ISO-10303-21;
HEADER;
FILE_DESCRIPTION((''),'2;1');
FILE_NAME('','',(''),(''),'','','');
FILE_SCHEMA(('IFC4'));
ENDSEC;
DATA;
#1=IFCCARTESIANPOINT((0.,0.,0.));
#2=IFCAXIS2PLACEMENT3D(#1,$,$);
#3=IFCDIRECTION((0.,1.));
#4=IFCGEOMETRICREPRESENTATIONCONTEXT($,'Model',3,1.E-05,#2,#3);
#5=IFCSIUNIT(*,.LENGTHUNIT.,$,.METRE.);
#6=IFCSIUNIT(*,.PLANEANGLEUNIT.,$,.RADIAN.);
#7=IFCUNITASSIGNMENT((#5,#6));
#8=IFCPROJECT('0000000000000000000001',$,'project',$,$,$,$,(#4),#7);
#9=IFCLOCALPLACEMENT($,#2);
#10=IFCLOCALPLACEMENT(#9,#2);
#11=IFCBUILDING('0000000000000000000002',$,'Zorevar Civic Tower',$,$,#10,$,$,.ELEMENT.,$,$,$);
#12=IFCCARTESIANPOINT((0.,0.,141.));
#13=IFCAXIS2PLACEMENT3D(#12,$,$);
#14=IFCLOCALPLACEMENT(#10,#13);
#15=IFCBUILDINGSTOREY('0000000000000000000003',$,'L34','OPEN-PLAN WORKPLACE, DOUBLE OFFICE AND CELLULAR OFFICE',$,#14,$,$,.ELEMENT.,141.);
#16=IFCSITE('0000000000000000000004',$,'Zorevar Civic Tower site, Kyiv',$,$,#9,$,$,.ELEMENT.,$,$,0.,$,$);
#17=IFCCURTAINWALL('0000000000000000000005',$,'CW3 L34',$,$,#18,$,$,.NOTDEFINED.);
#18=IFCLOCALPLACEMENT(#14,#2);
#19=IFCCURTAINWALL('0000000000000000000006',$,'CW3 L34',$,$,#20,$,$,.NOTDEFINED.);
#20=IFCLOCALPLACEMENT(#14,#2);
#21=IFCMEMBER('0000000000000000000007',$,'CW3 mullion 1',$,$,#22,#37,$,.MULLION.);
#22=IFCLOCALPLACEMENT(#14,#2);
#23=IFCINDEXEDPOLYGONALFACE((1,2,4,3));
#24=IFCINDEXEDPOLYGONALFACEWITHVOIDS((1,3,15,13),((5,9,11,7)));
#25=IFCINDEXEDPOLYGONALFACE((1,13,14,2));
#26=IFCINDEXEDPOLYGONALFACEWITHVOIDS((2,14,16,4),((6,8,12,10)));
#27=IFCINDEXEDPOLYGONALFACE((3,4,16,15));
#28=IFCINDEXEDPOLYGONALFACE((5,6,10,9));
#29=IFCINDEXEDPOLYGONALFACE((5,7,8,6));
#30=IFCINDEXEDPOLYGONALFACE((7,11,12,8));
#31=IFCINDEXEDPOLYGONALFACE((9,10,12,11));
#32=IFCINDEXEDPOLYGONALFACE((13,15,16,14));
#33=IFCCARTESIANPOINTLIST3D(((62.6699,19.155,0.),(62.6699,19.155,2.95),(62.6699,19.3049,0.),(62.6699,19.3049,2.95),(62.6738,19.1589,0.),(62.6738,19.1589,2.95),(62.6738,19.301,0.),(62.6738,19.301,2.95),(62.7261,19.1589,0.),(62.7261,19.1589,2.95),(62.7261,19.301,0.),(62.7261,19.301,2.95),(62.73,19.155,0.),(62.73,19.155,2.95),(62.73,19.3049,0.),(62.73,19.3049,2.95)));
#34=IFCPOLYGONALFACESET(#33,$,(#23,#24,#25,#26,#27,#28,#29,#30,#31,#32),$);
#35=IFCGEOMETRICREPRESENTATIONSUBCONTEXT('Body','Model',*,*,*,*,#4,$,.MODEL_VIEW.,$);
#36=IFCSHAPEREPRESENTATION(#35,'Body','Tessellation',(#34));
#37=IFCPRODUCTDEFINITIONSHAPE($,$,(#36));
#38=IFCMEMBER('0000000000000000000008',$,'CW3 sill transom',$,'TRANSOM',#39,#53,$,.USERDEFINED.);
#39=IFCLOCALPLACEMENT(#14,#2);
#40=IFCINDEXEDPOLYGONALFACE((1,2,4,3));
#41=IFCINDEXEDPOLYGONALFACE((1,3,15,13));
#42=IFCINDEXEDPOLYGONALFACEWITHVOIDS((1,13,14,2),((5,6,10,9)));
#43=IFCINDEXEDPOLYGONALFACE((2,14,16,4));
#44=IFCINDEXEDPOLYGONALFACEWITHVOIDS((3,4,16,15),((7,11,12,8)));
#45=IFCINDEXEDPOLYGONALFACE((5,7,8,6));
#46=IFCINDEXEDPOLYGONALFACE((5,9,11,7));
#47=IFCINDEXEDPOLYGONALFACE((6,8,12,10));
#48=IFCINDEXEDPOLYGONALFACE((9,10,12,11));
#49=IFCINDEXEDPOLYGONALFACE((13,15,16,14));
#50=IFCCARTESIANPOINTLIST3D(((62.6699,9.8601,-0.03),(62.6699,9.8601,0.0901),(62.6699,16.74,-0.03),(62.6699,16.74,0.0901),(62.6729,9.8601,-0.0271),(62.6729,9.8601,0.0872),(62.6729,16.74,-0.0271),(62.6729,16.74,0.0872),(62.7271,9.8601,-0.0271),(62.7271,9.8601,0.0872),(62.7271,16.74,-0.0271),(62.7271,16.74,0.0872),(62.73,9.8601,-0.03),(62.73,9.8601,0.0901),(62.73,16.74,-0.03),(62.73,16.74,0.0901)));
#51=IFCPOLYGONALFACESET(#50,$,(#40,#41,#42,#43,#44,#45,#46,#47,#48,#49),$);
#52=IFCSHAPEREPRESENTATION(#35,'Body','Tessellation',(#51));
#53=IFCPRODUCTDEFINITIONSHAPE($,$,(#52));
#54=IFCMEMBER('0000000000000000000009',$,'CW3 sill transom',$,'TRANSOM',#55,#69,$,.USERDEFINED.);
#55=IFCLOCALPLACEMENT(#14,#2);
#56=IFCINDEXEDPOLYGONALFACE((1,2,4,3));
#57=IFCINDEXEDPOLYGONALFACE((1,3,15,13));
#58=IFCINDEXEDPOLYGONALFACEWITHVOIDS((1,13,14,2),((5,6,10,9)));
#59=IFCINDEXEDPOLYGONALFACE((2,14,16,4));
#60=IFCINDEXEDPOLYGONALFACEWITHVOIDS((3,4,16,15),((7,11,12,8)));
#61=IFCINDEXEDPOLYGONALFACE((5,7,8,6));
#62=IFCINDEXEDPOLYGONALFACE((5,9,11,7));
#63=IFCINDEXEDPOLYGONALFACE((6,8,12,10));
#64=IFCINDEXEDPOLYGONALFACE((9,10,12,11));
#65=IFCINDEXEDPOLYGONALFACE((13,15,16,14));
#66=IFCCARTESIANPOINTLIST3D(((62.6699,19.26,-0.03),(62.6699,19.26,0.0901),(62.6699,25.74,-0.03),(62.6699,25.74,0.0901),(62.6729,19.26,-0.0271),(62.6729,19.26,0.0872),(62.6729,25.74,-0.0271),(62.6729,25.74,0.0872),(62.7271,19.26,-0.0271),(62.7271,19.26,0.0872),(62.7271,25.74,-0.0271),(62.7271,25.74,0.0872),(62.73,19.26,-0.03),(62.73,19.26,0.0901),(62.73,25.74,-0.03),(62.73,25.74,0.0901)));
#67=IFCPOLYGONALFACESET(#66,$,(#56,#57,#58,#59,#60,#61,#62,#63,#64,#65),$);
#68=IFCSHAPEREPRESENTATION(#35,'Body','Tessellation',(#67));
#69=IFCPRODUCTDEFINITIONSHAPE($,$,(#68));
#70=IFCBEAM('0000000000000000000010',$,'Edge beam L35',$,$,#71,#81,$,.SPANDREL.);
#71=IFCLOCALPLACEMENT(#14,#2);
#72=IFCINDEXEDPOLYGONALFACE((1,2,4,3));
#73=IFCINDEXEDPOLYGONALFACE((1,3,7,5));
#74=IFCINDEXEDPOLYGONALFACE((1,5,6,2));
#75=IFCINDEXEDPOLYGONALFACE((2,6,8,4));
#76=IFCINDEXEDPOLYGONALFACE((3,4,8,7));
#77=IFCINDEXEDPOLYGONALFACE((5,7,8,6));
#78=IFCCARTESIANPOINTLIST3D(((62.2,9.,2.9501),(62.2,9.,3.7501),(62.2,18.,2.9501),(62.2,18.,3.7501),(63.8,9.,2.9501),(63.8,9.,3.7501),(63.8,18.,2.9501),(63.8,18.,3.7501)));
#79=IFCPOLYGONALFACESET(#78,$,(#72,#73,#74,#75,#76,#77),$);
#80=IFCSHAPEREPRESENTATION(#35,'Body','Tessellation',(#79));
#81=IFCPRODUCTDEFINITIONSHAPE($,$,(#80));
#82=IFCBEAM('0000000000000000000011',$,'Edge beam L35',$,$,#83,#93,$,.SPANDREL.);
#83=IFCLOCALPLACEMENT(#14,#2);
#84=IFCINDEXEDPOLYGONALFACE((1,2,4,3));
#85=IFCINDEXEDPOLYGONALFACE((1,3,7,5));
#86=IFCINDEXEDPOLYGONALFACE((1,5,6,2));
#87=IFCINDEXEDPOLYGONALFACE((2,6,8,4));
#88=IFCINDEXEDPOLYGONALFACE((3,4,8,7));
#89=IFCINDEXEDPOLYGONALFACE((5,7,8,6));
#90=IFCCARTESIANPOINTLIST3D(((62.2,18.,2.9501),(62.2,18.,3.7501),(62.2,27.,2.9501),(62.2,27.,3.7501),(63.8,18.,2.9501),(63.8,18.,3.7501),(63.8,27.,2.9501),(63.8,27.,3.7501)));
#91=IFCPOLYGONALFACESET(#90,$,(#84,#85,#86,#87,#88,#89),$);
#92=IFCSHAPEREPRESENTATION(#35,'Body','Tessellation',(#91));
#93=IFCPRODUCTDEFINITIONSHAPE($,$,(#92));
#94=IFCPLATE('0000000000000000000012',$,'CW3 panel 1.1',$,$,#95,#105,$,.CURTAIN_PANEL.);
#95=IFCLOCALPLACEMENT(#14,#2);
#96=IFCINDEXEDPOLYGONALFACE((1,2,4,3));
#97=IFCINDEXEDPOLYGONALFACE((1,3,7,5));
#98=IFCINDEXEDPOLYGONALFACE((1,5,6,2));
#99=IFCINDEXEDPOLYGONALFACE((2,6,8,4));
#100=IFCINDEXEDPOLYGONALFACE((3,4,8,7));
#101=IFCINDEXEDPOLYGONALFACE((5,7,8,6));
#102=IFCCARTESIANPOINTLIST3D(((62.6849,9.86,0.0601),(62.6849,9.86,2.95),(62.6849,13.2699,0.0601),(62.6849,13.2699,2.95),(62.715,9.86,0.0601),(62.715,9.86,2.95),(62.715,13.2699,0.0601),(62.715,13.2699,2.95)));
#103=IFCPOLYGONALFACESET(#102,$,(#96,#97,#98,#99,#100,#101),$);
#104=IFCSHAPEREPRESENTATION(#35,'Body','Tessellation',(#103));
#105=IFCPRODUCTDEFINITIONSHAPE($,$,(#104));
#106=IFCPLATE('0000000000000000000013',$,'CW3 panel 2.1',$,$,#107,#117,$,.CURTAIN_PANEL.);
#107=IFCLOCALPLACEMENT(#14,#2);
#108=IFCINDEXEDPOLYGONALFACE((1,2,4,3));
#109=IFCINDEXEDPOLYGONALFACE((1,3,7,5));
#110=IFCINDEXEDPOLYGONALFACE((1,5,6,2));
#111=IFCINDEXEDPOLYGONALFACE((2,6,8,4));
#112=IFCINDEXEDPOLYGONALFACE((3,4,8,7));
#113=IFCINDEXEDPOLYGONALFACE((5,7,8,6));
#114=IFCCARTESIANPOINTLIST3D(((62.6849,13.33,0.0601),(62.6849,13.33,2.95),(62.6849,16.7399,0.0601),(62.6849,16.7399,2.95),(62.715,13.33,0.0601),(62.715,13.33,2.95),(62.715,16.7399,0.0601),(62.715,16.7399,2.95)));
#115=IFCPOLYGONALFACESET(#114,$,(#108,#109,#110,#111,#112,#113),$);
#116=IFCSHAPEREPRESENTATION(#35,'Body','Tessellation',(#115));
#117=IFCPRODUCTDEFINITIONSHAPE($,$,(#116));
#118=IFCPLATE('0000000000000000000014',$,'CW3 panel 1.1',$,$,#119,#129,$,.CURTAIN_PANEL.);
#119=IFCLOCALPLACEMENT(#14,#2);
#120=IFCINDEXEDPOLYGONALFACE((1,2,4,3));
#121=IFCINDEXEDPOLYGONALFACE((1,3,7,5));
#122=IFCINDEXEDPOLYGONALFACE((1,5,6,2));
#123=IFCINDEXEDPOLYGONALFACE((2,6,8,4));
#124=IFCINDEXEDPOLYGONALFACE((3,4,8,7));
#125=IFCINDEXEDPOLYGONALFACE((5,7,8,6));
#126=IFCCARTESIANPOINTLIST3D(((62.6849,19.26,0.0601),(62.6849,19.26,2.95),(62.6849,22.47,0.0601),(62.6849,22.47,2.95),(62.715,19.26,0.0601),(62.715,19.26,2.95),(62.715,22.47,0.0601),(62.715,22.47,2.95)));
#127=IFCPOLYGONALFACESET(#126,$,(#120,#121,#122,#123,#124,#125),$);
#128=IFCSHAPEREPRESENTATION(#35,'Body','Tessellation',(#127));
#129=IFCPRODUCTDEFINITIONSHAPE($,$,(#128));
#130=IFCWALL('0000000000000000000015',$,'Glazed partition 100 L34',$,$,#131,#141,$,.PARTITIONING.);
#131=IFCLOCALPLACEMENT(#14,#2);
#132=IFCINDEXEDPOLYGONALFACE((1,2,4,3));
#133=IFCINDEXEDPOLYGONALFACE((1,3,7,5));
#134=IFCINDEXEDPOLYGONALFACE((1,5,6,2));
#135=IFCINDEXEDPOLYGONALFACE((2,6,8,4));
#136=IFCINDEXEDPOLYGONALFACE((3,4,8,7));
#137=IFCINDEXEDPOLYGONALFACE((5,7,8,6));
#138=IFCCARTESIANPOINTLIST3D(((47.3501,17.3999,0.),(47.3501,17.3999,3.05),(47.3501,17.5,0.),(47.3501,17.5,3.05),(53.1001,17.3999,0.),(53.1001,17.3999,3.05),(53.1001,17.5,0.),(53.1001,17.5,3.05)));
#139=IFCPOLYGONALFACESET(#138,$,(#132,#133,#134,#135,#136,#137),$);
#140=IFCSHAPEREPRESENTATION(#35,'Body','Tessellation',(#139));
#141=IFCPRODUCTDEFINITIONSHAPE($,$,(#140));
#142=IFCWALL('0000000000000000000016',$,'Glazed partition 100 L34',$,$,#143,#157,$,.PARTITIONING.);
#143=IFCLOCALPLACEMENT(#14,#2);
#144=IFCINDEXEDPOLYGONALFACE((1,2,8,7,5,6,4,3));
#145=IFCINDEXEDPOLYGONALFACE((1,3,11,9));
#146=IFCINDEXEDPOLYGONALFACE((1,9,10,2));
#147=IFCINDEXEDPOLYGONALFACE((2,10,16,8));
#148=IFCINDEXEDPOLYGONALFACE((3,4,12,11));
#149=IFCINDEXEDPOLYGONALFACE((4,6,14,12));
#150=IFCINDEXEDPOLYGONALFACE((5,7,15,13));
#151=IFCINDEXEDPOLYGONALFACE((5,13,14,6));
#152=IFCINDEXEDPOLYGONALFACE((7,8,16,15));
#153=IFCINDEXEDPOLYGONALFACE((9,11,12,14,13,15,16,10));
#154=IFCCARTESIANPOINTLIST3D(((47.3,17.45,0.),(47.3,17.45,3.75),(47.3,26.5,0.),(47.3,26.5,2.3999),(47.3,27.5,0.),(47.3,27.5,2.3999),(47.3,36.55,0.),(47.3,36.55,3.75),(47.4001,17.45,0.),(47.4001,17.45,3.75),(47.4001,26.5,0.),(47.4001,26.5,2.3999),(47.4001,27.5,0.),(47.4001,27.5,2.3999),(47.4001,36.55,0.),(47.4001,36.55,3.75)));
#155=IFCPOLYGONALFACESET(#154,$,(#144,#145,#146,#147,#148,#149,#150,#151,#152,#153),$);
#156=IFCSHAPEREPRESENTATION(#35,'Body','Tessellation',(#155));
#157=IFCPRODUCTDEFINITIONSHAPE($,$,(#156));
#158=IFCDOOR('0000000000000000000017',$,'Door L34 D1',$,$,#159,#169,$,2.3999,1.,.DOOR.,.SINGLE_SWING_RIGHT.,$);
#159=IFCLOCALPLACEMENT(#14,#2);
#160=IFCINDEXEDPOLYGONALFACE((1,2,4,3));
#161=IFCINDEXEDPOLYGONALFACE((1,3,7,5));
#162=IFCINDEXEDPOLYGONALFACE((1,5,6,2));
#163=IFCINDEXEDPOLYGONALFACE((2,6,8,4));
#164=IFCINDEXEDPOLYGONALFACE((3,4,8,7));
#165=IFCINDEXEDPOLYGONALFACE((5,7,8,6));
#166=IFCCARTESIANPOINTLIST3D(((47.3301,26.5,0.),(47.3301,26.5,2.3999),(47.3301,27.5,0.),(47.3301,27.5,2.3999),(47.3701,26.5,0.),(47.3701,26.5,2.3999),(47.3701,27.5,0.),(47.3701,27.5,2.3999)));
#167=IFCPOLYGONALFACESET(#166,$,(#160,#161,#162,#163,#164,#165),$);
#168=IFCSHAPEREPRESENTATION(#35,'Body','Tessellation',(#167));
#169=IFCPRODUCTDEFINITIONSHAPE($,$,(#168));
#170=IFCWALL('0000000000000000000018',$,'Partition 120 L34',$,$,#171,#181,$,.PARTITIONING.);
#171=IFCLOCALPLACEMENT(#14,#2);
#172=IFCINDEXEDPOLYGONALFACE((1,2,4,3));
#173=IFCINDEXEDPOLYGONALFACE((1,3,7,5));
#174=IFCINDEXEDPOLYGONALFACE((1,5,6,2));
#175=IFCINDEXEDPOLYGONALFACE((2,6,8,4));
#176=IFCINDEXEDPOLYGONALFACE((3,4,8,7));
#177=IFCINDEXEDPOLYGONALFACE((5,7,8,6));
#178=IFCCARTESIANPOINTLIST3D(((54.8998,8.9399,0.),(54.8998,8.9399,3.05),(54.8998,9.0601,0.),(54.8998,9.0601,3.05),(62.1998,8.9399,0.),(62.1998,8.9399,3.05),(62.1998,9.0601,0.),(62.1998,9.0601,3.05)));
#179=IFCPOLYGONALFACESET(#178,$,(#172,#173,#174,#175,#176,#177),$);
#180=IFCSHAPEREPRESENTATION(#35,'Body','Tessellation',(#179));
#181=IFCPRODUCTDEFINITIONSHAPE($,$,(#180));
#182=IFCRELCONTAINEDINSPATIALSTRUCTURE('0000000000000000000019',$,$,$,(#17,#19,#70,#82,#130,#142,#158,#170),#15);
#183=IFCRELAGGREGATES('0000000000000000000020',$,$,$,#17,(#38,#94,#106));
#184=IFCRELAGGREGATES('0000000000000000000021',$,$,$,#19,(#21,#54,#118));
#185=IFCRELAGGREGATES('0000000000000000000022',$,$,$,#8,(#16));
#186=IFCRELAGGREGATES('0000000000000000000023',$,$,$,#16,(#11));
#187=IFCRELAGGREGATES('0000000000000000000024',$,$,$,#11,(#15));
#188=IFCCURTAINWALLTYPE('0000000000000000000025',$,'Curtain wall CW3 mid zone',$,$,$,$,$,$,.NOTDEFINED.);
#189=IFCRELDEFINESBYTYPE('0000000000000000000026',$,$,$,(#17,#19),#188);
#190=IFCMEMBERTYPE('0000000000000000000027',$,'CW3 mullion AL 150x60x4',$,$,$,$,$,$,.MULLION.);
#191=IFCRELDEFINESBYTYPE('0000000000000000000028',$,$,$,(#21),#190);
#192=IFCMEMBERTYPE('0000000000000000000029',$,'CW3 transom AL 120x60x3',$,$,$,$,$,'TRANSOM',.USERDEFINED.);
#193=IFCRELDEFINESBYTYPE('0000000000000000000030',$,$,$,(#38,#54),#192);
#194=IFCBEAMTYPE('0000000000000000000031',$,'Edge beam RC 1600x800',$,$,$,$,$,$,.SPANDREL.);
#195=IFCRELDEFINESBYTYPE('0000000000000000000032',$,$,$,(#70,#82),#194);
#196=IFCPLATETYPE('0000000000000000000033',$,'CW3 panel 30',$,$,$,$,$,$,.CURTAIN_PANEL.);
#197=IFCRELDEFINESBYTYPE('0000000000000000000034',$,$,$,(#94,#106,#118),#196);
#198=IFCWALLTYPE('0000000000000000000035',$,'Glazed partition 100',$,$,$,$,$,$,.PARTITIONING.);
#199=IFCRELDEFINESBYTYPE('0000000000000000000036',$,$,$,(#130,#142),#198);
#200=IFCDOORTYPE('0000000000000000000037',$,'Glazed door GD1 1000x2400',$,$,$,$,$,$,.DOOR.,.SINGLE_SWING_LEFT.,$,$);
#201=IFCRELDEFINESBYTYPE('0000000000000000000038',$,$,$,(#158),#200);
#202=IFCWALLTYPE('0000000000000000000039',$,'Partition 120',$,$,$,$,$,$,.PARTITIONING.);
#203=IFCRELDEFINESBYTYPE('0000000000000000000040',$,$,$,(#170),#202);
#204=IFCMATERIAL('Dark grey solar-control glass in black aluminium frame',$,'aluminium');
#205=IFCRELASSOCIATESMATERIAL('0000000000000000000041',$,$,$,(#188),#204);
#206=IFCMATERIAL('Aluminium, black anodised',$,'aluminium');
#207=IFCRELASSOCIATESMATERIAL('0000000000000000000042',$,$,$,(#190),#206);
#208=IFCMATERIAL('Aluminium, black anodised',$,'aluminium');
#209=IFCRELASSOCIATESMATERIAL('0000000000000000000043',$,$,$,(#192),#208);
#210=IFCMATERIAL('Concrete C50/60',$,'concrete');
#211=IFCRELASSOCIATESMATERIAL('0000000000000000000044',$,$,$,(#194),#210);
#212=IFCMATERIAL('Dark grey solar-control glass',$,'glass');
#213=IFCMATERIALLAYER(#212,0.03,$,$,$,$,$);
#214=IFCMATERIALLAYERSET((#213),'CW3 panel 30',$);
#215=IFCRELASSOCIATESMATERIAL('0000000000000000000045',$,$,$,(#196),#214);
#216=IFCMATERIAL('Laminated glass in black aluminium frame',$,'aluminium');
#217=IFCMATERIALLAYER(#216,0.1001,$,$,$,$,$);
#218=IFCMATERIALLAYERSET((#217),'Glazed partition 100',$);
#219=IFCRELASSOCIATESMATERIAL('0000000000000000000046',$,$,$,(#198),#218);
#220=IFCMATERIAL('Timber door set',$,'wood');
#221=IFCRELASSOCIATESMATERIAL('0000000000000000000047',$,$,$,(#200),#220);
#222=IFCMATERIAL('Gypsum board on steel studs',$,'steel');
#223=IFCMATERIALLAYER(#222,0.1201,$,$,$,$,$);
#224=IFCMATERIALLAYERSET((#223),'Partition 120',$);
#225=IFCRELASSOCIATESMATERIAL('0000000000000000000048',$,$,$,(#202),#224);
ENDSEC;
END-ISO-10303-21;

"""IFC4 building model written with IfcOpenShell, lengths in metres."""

from ifc_helpers import new_model, si_unit, direction, frame, frame_2d, origin, origin_2d, place, context, subcontext, project, spatial, rectangle, hollow_rectangle, extrude, material, layer, layer_set, material_profile, profile_set, type_object, element, fill, aggregate, save


model = new_model("IFC4")

# Units and contexts
model_context = context("Model", 3, precision=1e-05, world=origin(), true_north=direction((0.0, 1.0)))
body_context = subcontext(model_context, "Body", "Model", "MODEL_VIEW")
ifc_project = project(units=[si_unit("LENGTHUNIT", "METRE"), si_unit("PLANEANGLEUNIT", "RADIAN")], contexts=[model_context])

# Site, building, storey
site_placement = place(None, origin())
site = spatial("IfcSite", under=ifc_project, at=site_placement, Name="Zorevar Civic Tower site, Kyiv", CompositionType="ELEMENT", RefElevation=0.0)
building_placement = place(site_placement, origin())
building = spatial("IfcBuilding", under=site, at=building_placement, Name="Zorevar Civic Tower", CompositionType="ELEMENT")
storey_placement = place(building_placement, frame((0.0, 0.0, 141.0)))
storey = spatial("IfcBuildingStorey", under=building, at=storey_placement, Name="L34", Description="OPEN-PLAN WORKPLACE, DOUBLE OFFICE AND CELLULAR OFFICE", CompositionType="ELEMENT", Elevation=141.0)

# Curtain wall
ifc_material_1 = material(Name="Dark grey solar-control glass in black aluminium frame", Category="aluminium")
curtain_wall_type = type_object("IfcCurtainWallType", Name="Curtain wall CW3 mid zone", PredefinedType="NOTDEFINED", material=ifc_material_1)
curtain_wall_1_placement = place(storey_placement, origin())
curtain_wall_1 = element("IfcCurtainWall", 1, at=curtain_wall_1_placement, inside=storey, type_object=curtain_wall_type, Name="CW3 L34", PredefinedType="NOTDEFINED")
ifc_material_2 = material(Name="Aluminium, black anodised", Category="aluminium")
ifc_material_profile_1 = material_profile(ifc_material_2, hollow_rectangle(XDim=0.0601, YDim=0.1499, WallThickness=0.0039, at=origin_2d()), Name="AL 150x60x4")
ifc_profile_set_1 = profile_set([ifc_material_profile_1], Name="Aluminium, black anodised")
member_type_1 = type_object("IfcMemberType", Name="CW3 mullion AL 150x60x4", PredefinedType="MULLION", material=ifc_profile_set_1)

# Curtain wall, member
curtain_wall_2_placement = place(storey_placement, origin())
curtain_wall_2 = element("IfcCurtainWall", 2, at=curtain_wall_2_placement, inside=storey, type_object=curtain_wall_type, Name="CW3 L34", PredefinedType="NOTDEFINED")
member_1_placement = place(storey_placement, frame((62.7, 19.23, 0.0), z_axis=(0.0, 0.0, 1.0), x_axis=(-1.0, 0.0, 0.0)))
member_1 = element("IfcMember", 3, at=member_1_placement, type_object=member_type_1, Name="CW3 mullion 1", PredefinedType="MULLION", context=body_context, shape_type="SweptSolid", body=[
    extrude(hollow_rectangle(XDim=0.0601, YDim=0.1499, WallThickness=0.0039, at=origin_2d()), origin(), (0.0, 0.0, 1.0), 2.95),
])

# Members
ifc_material_3 = material(Name="Aluminium, black anodised", Category="aluminium")
ifc_material_profile_2 = material_profile(ifc_material_3, hollow_rectangle(XDim=0.0601, YDim=0.1201, WallThickness=0.0029, at=origin_2d()), Name="AL 120x60x3")
ifc_profile_set_2 = profile_set([ifc_material_profile_2], Name="Aluminium, black anodised")
member_type_2 = type_object("IfcMemberType", Name="CW3 transom AL 120x60x3", ElementType="TRANSOM", PredefinedType="USERDEFINED", material=ifc_profile_set_2)
member_2_placement = place(storey_placement, frame((62.7, 9.8601, 0.03), z_axis=(0.0, 1.0, 0.0), x_axis=(-1.0, 0.0, 0.0)))
member_2 = element("IfcMember", 4, at=member_2_placement, type_object=member_type_2, Name="CW3 sill transom", ObjectType="TRANSOM", PredefinedType="USERDEFINED", context=body_context, shape_type="SweptSolid", body=[
    extrude(hollow_rectangle(XDim=0.0601, YDim=0.1201, WallThickness=0.0029, at=origin_2d()), origin(), (0.0, 0.0, 1.0), 6.8799),
])
member_3_placement = place(storey_placement, frame((62.7, 19.26, 0.03), z_axis=(0.0, 1.0, 0.0), x_axis=(-1.0, 0.0, 0.0)))
member_3 = element("IfcMember", 5, at=member_3_placement, type_object=member_type_2, Name="CW3 sill transom", ObjectType="TRANSOM", PredefinedType="USERDEFINED", context=body_context, shape_type="SweptSolid", body=[
    extrude(hollow_rectangle(XDim=0.0601, YDim=0.1201, WallThickness=0.0029, at=origin_2d()), origin(), (0.0, 0.0, 1.0), 6.48),
])

# Beams
ifc_material_4 = material(Name="Concrete C50/60", Category="concrete")
ifc_material_profile_3 = material_profile(ifc_material_4, rectangle(XDim=1.6001, YDim=0.8, at=origin_2d()), Name="RC 1600x800")
ifc_profile_set_3 = profile_set([ifc_material_profile_3], Name="Concrete C50/60")
beam_type_1 = type_object("IfcBeamType", Name="Edge beam RC 1600x800", PredefinedType="SPANDREL", material=ifc_profile_set_3)
for number, where, z_axis, x_axis, name in (
    (6, (63.0, 9.0, 3.3501), (0.0, 1.0, 0.0), (-1.0, 0.0, 0.0), "Edge beam L35"),
    (7, (63.0, 18.0, 3.3501), (0.0, 1.0, 0.0), (-1.0, 0.0, 0.0), "Edge beam L35"),
):
    element("IfcBeam", number, at=place(storey_placement, frame(where, z_axis=z_axis, x_axis=x_axis)), inside=storey, type_object=beam_type_1, Name=name, PredefinedType="SPANDREL", context=body_context, shape_type="SweptSolid", body=[
        extrude(rectangle(XDim=1.6001, YDim=0.8, at=origin_2d()), origin(), (0.0, 0.0, 1.0), 9.0),
    ])

# Plates
ifc_material_5 = material(Name="Dark grey solar-control glass", Category="glass")
ifc_layer_1 = layer(ifc_material_5, 0.03)
ifc_layer_set_1 = layer_set([ifc_layer_1], Name="CW3 panel 30")
plate_type = type_object("IfcPlateType", Name="CW3 panel 30", PredefinedType="CURTAIN_PANEL", material=ifc_layer_set_1)
plate_1_placement = place(storey_placement, frame((62.7, 11.5649, 0.0601), z_axis=(0.0, 0.0, 1.0), x_axis=(0.0, 1.0, 0.0)))
plate_1 = element("IfcPlate", 8, at=plate_1_placement, type_object=plate_type, Name="CW3 panel 1.1", PredefinedType="CURTAIN_PANEL", context=body_context, shape_type="SweptSolid", body=[
    extrude(rectangle(XDim=3.4099, YDim=0.03, at=origin_2d()), origin(), (0.0, 0.0, 1.0), 2.8899),
])
plate_2_placement = place(storey_placement, frame((62.7, 15.0349, 0.0601), z_axis=(0.0, 0.0, 1.0), x_axis=(0.0, 1.0, 0.0)))
plate_2 = element("IfcPlate", 9, at=plate_2_placement, type_object=plate_type, Name="CW3 panel 2.1", PredefinedType="CURTAIN_PANEL", context=body_context, shape_type="SweptSolid", body=[
    extrude(rectangle(XDim=3.4099, YDim=0.03, at=origin_2d()), origin(), (0.0, 0.0, 1.0), 2.8899),
])
aggregate(curtain_wall_1, [member_2, plate_1, plate_2])
plate_3_placement = place(storey_placement, frame((62.7, 20.865, 0.0601), z_axis=(0.0, 0.0, 1.0), x_axis=(0.0, 1.0, 0.0)))
plate_3 = element("IfcPlate", 10, at=plate_3_placement, type_object=plate_type, Name="CW3 panel 1.1", PredefinedType="CURTAIN_PANEL", context=body_context, shape_type="SweptSolid", body=[
    extrude(rectangle(XDim=3.21, YDim=0.03, at=origin_2d()), origin(), (0.0, 0.0, 1.0), 2.8899),
])
aggregate(curtain_wall_2, [member_1, member_3, plate_3])

# Wall
ifc_material_6 = material(Name="Laminated glass in black aluminium frame", Category="aluminium")
ifc_layer_2 = layer(ifc_material_6, 0.1001)
ifc_layer_set_2 = layer_set([ifc_layer_2], Name="Glazed partition 100")
wall_type_1 = type_object("IfcWallType", Name="Glazed partition 100", PredefinedType="PARTITIONING", material=ifc_layer_set_2)
wall_1_placement = place(storey_placement, frame((47.3501, 17.45, 0.0), z_axis=(0.0, 0.0, 1.0), x_axis=(1.0, 0.0, 0.0)))
element("IfcWall", 11, at=wall_1_placement, inside=storey, type_object=wall_type_1, Name="Glazed partition 100 L34", PredefinedType="PARTITIONING", context=body_context, shape_type="SweptSolid", body=[
    extrude(rectangle(XDim=5.75, YDim=0.1001, at=frame_2d((2.875, 0.0))), origin(), (0.0, 0.0, 1.0), 3.05),
])

# Wall, opening, door
wall_2_placement = place(storey_placement, frame((47.3501, 17.45, 0.0), z_axis=(0.0, 0.0, 1.0), x_axis=(0.0, 1.0, 0.0)))
wall_2 = element("IfcWall", 12, at=wall_2_placement, inside=storey, type_object=wall_type_1, Name="Glazed partition 100 L34", PredefinedType="PARTITIONING", context=body_context, shape_type="SweptSolid", body=[
    extrude(rectangle(XDim=19.1001, YDim=0.1001, at=frame_2d((9.55, 0.0))), origin(), (0.0, 0.0, 1.0), 3.75),
])
opening_1_placement = place(wall_2_placement, frame((9.05, 0.0, 0.0)))
opening_1 = element("IfcOpeningElement", 13, at=opening_1_placement, cuts=wall_2, PredefinedType="OPENING", context=body_context, shape_type="SweptSolid", body=[
    extrude(rectangle(XDim=1.0, YDim=2.3999, at=frame_2d((0.5, 1.2))), frame((0.0, 0.0601, 0.0), z_axis=(0.0, -1.0, 0.0), x_axis=(1.0, 0.0, 0.0)), (0.0, 0.0, 1.0), 0.1201),
])
ifc_material_7 = material(Name="Timber door set", Category="wood")
door_type_1 = type_object("IfcDoorType", Name="Glazed door GD1 1000x2400", OperationType="SINGLE_SWING_LEFT", PredefinedType="DOOR", material=ifc_material_7)
door_1_placement = place(opening_1_placement, origin())
door_1 = element("IfcDoor", 14, at=door_1_placement, inside=storey, type_object=door_type_1, Name="Door L34 D1", OperationType="SINGLE_SWING_RIGHT", OverallHeight=2.3999, OverallWidth=1.0, PredefinedType="DOOR", context=body_context, shape_type="SweptSolid", body=[
    extrude(rectangle(XDim=1.0, YDim=2.3999, at=frame_2d((0.5, 1.2))), frame((0.0, 0.02, 0.0), z_axis=(0.0, -1.0, 0.0), x_axis=(1.0, 0.0, 0.0)), (0.0, 0.0, 1.0), 0.04),
])
fill(opening_1, door_1)

# Wall
ifc_material_8 = material(Name="Gypsum board on steel studs", Category="steel")
ifc_layer_3 = layer(ifc_material_8, 0.1201)
ifc_layer_set_3 = layer_set([ifc_layer_3], Name="Partition 120")
wall_type_2 = type_object("IfcWallType", Name="Partition 120", PredefinedType="PARTITIONING", material=ifc_layer_set_3)
wall_3_placement = place(storey_placement, frame((54.8999, 9.0, 0.0), z_axis=(0.0, 0.0, 1.0), x_axis=(1.0, 0.0, 0.0)))
element("IfcWall", 15, at=wall_3_placement, inside=storey, type_object=wall_type_2, Name="Partition 120 L34", PredefinedType="PARTITIONING", context=body_context, shape_type="SweptSolid", body=[
    extrude(rectangle(XDim=7.3, YDim=0.1201, at=frame_2d((3.6499, 0.0))), origin(), (0.0, 0.0, 1.0), 3.05),
])

save(model, "model.ifc")
